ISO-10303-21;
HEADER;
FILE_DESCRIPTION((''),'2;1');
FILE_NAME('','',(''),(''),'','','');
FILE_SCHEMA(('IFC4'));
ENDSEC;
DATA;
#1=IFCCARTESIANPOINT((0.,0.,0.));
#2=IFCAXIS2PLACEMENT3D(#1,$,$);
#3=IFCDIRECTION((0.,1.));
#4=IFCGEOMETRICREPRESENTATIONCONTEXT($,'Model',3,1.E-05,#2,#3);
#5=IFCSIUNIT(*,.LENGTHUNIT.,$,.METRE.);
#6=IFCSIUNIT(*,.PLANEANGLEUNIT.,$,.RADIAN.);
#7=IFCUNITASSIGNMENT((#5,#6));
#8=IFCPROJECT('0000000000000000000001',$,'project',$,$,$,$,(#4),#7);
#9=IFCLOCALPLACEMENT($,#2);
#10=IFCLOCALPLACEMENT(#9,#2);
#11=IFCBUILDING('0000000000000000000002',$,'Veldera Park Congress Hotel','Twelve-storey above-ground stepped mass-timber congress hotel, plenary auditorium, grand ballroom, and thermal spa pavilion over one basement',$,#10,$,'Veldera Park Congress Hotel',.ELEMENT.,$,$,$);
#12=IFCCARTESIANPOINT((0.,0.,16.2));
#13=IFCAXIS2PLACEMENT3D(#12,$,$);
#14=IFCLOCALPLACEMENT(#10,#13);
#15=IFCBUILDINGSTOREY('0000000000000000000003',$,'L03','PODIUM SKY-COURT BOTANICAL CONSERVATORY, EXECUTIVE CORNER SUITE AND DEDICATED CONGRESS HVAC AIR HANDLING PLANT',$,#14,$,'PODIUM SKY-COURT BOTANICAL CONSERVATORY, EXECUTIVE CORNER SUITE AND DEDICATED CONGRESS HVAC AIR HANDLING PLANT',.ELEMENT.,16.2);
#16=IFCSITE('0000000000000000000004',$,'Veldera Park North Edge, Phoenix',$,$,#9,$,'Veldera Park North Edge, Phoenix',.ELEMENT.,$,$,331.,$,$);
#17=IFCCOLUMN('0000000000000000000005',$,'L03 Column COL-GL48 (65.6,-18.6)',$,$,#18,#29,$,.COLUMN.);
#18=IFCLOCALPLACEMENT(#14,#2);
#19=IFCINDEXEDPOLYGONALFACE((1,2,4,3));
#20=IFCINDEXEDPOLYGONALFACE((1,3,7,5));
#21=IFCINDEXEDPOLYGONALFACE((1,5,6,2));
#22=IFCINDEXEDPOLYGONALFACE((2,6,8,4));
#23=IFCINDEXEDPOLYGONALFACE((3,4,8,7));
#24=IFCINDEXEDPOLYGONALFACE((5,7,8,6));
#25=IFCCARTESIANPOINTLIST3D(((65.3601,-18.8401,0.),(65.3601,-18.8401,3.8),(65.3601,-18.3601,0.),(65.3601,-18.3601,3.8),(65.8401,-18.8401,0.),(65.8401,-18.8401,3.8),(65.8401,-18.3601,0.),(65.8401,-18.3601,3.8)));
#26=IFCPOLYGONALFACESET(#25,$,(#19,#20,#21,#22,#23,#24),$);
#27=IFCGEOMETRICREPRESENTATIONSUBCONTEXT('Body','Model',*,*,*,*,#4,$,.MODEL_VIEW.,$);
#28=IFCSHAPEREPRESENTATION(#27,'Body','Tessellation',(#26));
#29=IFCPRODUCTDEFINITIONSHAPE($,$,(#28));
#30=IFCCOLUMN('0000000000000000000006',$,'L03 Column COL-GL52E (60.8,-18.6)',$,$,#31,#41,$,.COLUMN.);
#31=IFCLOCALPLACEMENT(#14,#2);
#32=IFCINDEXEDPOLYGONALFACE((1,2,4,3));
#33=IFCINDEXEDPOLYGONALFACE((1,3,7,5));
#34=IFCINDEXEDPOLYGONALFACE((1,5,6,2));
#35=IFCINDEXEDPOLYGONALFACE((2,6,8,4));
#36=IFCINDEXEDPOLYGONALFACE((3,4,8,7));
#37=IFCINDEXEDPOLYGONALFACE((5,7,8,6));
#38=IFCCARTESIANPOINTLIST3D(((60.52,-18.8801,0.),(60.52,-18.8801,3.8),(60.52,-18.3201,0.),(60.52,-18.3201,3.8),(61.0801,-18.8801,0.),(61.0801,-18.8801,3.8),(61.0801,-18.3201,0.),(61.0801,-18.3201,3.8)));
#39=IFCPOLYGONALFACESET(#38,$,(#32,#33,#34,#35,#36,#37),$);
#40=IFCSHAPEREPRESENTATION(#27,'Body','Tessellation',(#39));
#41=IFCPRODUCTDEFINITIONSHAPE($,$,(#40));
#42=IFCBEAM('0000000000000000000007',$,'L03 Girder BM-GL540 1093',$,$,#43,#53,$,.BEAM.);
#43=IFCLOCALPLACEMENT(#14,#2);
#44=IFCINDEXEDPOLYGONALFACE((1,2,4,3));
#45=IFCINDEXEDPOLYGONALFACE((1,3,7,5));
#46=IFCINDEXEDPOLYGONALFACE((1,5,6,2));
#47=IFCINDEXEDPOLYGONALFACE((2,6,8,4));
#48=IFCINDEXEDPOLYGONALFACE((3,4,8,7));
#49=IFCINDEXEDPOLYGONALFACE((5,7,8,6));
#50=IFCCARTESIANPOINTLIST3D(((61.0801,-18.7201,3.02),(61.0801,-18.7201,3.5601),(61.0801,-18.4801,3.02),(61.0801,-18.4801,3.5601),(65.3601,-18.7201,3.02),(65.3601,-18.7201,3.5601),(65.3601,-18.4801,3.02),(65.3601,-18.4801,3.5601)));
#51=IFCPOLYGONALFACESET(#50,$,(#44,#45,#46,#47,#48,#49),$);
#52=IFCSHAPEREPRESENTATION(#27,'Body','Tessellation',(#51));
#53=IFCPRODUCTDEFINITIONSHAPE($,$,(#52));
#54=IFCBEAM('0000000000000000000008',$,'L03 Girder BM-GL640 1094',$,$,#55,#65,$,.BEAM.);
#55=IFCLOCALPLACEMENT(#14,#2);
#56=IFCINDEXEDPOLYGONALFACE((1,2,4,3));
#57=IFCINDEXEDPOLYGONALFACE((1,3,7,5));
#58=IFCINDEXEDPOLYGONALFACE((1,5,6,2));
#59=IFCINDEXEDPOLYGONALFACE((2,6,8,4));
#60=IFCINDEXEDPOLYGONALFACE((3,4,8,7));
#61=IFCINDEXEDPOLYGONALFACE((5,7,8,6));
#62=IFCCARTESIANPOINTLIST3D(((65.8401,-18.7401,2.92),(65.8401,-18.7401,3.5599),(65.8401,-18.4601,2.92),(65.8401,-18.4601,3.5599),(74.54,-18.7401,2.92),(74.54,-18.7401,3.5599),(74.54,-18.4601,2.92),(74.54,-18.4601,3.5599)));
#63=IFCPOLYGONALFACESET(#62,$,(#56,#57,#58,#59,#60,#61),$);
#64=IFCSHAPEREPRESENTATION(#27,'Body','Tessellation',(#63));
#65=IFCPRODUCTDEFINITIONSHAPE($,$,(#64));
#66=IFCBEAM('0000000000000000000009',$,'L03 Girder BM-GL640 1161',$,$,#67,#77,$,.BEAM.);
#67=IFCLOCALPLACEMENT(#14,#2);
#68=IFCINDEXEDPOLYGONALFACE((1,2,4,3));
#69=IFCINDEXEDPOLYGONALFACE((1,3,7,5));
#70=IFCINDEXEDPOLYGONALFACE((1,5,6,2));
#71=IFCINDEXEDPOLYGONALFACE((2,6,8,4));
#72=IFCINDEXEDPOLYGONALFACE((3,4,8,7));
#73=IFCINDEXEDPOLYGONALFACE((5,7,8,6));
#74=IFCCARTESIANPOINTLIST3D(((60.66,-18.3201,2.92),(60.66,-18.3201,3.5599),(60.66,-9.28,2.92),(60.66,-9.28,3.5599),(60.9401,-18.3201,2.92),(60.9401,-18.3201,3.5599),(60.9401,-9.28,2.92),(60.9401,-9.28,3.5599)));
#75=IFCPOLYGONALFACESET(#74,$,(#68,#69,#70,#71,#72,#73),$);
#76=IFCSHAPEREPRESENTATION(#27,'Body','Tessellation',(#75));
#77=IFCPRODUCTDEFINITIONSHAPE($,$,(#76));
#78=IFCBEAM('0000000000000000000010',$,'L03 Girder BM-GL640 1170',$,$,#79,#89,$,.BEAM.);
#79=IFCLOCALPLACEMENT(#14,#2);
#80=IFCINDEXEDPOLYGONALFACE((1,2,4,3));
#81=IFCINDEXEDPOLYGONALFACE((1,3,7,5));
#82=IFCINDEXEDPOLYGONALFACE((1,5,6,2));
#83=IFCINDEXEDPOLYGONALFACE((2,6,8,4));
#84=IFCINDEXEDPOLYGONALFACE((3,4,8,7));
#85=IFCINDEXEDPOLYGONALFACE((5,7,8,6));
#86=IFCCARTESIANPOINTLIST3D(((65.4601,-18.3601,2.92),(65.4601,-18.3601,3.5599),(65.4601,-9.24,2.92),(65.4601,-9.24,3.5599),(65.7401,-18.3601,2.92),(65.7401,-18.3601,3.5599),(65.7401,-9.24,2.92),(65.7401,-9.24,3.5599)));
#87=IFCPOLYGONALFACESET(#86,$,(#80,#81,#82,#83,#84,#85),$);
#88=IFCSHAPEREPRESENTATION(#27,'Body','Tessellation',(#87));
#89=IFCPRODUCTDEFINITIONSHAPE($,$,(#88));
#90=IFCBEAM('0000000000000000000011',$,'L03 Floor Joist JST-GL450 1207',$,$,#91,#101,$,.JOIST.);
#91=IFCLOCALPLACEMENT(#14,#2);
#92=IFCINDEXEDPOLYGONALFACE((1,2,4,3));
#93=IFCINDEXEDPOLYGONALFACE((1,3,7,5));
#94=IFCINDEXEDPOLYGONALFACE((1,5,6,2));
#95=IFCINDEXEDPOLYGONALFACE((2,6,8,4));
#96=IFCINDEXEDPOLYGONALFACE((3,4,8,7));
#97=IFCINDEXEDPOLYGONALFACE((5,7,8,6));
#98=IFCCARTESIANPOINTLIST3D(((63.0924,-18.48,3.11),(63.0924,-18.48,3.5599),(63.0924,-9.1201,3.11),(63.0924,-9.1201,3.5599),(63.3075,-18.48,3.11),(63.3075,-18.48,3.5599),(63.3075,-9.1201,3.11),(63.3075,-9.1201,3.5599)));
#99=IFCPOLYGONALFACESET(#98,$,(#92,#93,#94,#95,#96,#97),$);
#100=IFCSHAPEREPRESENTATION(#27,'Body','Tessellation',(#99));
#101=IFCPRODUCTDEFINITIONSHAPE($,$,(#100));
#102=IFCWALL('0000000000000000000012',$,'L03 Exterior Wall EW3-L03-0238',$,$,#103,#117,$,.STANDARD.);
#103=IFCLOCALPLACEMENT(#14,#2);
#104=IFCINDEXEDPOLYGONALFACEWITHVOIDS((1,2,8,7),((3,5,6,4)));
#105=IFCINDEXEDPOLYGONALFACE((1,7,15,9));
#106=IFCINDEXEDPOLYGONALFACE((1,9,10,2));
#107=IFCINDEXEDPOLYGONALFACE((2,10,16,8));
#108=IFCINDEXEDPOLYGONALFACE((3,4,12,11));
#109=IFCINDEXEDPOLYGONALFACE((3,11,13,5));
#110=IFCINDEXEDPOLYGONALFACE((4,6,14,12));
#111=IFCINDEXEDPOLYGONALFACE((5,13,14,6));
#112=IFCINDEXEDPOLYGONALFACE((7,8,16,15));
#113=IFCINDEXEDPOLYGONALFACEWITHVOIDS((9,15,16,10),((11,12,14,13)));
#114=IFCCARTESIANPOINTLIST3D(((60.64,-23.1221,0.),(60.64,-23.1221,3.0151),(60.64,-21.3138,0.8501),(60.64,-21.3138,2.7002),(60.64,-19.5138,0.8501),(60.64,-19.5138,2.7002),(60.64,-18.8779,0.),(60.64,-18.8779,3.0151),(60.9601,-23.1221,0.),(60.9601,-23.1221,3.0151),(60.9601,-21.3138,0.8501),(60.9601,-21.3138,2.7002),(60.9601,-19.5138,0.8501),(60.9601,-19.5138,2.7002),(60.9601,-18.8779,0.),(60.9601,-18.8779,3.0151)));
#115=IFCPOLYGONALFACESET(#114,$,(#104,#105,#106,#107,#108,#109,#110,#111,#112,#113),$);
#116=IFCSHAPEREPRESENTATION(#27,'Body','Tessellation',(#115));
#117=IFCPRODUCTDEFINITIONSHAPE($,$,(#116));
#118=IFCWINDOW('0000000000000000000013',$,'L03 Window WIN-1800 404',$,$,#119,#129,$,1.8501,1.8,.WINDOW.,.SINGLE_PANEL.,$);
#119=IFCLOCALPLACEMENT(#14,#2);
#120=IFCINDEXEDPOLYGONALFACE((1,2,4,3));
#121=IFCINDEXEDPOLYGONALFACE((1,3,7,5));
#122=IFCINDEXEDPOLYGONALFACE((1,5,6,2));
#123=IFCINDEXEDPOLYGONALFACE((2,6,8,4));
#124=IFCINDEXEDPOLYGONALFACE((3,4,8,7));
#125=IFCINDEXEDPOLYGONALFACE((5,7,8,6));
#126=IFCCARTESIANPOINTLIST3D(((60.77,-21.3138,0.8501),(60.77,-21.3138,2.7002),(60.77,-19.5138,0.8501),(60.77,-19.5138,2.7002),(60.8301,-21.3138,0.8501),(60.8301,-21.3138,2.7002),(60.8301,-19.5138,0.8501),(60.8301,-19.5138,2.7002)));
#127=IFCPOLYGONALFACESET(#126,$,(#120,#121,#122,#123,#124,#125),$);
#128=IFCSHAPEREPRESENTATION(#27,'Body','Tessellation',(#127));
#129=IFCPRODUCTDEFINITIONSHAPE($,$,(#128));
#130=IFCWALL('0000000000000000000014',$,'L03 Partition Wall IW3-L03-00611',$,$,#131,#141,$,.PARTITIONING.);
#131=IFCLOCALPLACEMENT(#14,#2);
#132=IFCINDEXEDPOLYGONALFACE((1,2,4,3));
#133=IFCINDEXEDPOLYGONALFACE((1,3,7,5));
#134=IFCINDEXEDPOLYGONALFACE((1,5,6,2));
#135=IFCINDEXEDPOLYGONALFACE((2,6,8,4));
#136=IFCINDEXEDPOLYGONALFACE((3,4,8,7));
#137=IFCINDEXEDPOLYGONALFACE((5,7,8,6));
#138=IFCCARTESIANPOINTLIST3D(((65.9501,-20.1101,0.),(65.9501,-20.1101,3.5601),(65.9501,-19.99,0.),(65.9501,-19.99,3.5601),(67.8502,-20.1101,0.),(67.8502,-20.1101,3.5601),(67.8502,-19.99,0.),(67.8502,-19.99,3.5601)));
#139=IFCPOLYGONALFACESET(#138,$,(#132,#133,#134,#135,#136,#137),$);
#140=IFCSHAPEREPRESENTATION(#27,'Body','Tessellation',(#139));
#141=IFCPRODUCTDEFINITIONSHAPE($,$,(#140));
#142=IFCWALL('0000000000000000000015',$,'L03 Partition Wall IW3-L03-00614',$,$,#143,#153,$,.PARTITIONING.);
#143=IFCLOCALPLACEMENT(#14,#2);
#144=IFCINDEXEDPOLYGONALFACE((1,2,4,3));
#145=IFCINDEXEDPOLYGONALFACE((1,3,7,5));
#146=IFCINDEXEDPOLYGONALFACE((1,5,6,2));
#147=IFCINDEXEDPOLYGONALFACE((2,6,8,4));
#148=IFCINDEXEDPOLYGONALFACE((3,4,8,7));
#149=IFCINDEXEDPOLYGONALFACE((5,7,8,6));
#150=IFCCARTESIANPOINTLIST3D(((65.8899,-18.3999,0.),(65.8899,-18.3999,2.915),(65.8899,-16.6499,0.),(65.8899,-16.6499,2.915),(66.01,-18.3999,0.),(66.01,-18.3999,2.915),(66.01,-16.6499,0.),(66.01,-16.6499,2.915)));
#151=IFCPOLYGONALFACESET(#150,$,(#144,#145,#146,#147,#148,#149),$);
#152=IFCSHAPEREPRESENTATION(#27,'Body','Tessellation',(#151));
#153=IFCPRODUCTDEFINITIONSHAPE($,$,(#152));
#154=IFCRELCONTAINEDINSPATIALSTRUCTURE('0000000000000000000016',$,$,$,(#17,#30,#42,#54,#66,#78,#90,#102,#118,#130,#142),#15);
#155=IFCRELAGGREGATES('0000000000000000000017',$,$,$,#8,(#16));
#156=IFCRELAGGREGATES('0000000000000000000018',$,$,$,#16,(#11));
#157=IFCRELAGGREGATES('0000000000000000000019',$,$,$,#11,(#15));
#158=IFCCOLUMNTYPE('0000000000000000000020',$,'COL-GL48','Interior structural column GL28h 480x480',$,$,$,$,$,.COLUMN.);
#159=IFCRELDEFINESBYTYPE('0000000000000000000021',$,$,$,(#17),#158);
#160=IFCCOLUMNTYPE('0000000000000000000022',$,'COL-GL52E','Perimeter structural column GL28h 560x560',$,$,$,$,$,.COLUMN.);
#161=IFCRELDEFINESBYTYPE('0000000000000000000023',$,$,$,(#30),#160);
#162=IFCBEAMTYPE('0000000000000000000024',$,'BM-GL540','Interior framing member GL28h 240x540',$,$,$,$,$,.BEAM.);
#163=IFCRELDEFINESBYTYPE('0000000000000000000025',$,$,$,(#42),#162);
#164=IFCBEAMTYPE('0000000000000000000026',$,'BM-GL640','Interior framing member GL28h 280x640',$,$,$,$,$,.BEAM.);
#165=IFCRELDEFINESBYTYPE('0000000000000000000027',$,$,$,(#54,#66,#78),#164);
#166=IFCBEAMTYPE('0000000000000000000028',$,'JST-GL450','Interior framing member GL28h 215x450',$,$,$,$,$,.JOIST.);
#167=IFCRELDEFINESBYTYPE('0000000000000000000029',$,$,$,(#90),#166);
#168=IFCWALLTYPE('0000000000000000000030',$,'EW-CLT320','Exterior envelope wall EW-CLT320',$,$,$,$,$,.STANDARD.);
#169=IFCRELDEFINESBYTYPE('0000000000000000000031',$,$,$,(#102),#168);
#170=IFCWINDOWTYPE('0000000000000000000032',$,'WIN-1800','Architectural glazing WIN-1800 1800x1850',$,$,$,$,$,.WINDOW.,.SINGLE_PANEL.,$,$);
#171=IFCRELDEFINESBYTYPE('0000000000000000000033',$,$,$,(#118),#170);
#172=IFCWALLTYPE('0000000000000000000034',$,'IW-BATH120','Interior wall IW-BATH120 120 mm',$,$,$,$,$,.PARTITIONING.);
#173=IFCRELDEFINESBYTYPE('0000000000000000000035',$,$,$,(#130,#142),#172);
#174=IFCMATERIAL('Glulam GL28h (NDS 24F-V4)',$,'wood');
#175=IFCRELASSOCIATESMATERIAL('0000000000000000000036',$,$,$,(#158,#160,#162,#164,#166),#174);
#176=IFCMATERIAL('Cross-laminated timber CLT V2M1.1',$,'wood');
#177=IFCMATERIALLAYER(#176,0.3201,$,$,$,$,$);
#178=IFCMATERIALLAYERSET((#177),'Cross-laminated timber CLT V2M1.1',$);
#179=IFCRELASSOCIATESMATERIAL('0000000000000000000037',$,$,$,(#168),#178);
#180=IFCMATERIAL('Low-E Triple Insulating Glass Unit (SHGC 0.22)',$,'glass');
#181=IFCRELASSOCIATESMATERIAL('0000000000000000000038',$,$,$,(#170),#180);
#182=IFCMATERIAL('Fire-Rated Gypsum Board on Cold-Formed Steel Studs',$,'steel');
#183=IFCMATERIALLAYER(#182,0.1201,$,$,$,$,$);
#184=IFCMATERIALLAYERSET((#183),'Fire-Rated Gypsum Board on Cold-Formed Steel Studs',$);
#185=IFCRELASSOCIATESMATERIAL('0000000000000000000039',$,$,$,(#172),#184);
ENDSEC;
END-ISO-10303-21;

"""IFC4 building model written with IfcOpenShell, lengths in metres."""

from ifc_helpers import new_model, si_unit, direction, frame, frame_2d, origin, origin_2d, place, context, subcontext, project, spatial, rectangle, extrude, material, layer, layer_set, material_profile, profile_set, type_object, element, fill, save


model = new_model("IFC4")

# Units and contexts
model_context = context("Model", 3, precision=1e-05, world=origin(), true_north=direction((0.0, 1.0)))
body_context = subcontext(model_context, "Body", "Model", "MODEL_VIEW")
ifc_project = project(units=[si_unit("LENGTHUNIT", "METRE"), si_unit("PLANEANGLEUNIT", "RADIAN")], contexts=[model_context])

# Site, building, storey
site_placement = place(None, origin())
site = spatial("IfcSite", under=ifc_project, at=site_placement, Name="Veldera Park North Edge, Phoenix", LongName="Veldera Park North Edge, Phoenix", CompositionType="ELEMENT", RefElevation=331.0)
building_placement = place(site_placement, origin())
building = spatial("IfcBuilding", under=site, at=building_placement, Name="Veldera Park Congress Hotel", Description="Twelve-storey above-ground stepped mass-timber congress hotel, plenary auditorium, grand ballroom, and thermal spa pavilion over one basement", LongName="Veldera Park Congress Hotel", CompositionType="ELEMENT")
storey_placement = place(building_placement, frame((0.0, 0.0, 16.2)))
storey = spatial("IfcBuildingStorey", under=building, at=storey_placement, Name="L03", Description="PODIUM SKY-COURT BOTANICAL CONSERVATORY, EXECUTIVE CORNER SUITE AND DEDICATED CONGRESS HVAC AIR HANDLING PLANT", LongName="PODIUM SKY-COURT BOTANICAL CONSERVATORY, EXECUTIVE CORNER SUITE AND DEDICATED CONGRESS HVAC AIR HANDLING PLANT", CompositionType="ELEMENT", Elevation=16.2)

# Columns
ifc_material_1 = material(Name="Glulam GL28h (NDS 24F-V4)", Category="wood")
ifc_material_profile_1 = material_profile(ifc_material_1, rectangle(XDim=0.48, YDim=0.48, at=origin_2d()), Name="GL28h 480x480")
ifc_profile_set_1 = profile_set([ifc_material_profile_1], Name="Glulam GL28h (NDS 24F-V4)")
column_type_1 = type_object("IfcColumnType", Name="COL-GL48", Description="Interior structural column GL28h 480x480", PredefinedType="COLUMN", material=ifc_profile_set_1)
column_1_placement = place(storey_placement, frame((65.6001, -18.6001, 0.0), z_axis=(0.0, 0.0, 1.0), x_axis=(1.0, 0.0, 0.0)))
element("IfcColumn", 1, at=column_1_placement, inside=storey, type_object=column_type_1, Name="L03 Column COL-GL48 (65.6,-18.6)", PredefinedType="COLUMN", context=body_context, shape_type="SweptSolid", body=[
    extrude(rectangle(XDim=0.48, YDim=0.48, at=origin_2d()), origin(), (0.0, 0.0, 1.0), 3.8),
])
ifc_material_profile_2 = material_profile(ifc_material_1, rectangle(XDim=0.5601, YDim=0.5601, at=origin_2d()), Name="GL28h 560x560")
ifc_profile_set_2 = profile_set([ifc_material_profile_2], Name="Glulam GL28h (NDS 24F-V4)")
column_type_2 = type_object("IfcColumnType", Name="COL-GL52E", Description="Perimeter structural column GL28h 560x560", PredefinedType="COLUMN", material=ifc_profile_set_2)
column_2_placement = place(storey_placement, frame((60.8, -18.6001, 0.0), z_axis=(0.0, 0.0, 1.0), x_axis=(1.0, 0.0, 0.0)))
element("IfcColumn", 2, at=column_2_placement, inside=storey, type_object=column_type_2, Name="L03 Column COL-GL52E (60.8,-18.6)", PredefinedType="COLUMN", context=body_context, shape_type="SweptSolid", body=[
    extrude(rectangle(XDim=0.5601, YDim=0.5601, at=origin_2d()), origin(), (0.0, 0.0, 1.0), 3.8),
])

# Beams
ifc_material_profile_3 = material_profile(ifc_material_1, rectangle(XDim=0.24, YDim=0.54, at=origin_2d()), Name="GL28h 240x540")
ifc_profile_set_3 = profile_set([ifc_material_profile_3], Name="Glulam GL28h (NDS 24F-V4)")
beam_type_1 = type_object("IfcBeamType", Name="BM-GL540", Description="Interior framing member GL28h 240x540", PredefinedType="BEAM", material=ifc_profile_set_3)
beam_1_placement = place(storey_placement, frame((61.0801, -18.6001, 3.29), z_axis=(1.0, 0.0, 0.0), x_axis=(0.0, 1.0, 0.0)))
element("IfcBeam", 3, at=beam_1_placement, inside=storey, type_object=beam_type_1, Name="L03 Girder BM-GL540 1093", PredefinedType="BEAM", context=body_context, shape_type="SweptSolid", body=[
    extrude(rectangle(XDim=0.24, YDim=0.54, at=origin_2d()), origin(), (0.0, 0.0, 1.0), 4.28),
])
ifc_material_profile_4 = material_profile(ifc_material_1, rectangle(XDim=0.28, YDim=0.6399, at=origin_2d()), Name="GL28h 280x640")
ifc_profile_set_4 = profile_set([ifc_material_profile_4], Name="Glulam GL28h (NDS 24F-V4)")
beam_type_2 = type_object("IfcBeamType", Name="BM-GL640", Description="Interior framing member GL28h 280x640", PredefinedType="BEAM", material=ifc_profile_set_4)
beam_2_placement = place(storey_placement, frame((65.8401, -18.6001, 3.24), z_axis=(1.0, 0.0, 0.0), x_axis=(0.0, 1.0, 0.0)))
element("IfcBeam", 4, at=beam_2_placement, inside=storey, type_object=beam_type_2, Name="L03 Girder BM-GL640 1094", PredefinedType="BEAM", context=body_context, shape_type="SweptSolid", body=[
    extrude(rectangle(XDim=0.28, YDim=0.6399, at=origin_2d()), origin(), (0.0, 0.0, 1.0), 8.7),
])
beam_3_placement = place(storey_placement, frame((60.8, -18.3201, 3.24), z_axis=(0.0, 1.0, 0.0), x_axis=(-1.0, 0.0, 0.0)))
element("IfcBeam", 5, at=beam_3_placement, inside=storey, type_object=beam_type_2, Name="L03 Girder BM-GL640 1161", PredefinedType="BEAM", context=body_context, shape_type="SweptSolid", body=[
    extrude(rectangle(XDim=0.28, YDim=0.6399, at=origin_2d()), origin(), (0.0, 0.0, 1.0), 9.04),
])
beam_4_placement = place(storey_placement, frame((65.6001, -18.3601, 3.24), z_axis=(0.0, 1.0, 0.0), x_axis=(-1.0, 0.0, 0.0)))
element("IfcBeam", 6, at=beam_4_placement, inside=storey, type_object=beam_type_2, Name="L03 Girder BM-GL640 1170", PredefinedType="BEAM", context=body_context, shape_type="SweptSolid", body=[
    extrude(rectangle(XDim=0.28, YDim=0.6399, at=origin_2d()), origin(), (0.0, 0.0, 1.0), 9.1201),
])
ifc_material_profile_5 = material_profile(ifc_material_1, rectangle(XDim=0.2151, YDim=0.45, at=origin_2d()), Name="GL28h 215x450")
ifc_profile_set_5 = profile_set([ifc_material_profile_5], Name="Glulam GL28h (NDS 24F-V4)")
beam_type_3 = type_object("IfcBeamType", Name="JST-GL450", Description="Interior framing member GL28h 215x450", PredefinedType="JOIST", material=ifc_profile_set_5)
beam_5_placement = place(storey_placement, frame((63.2, -18.48, 3.335), z_axis=(0.0, 1.0, 0.0), x_axis=(-1.0, 0.0, 0.0)))
element("IfcBeam", 7, at=beam_5_placement, inside=storey, type_object=beam_type_3, Name="L03 Floor Joist JST-GL450 1207", PredefinedType="JOIST", context=body_context, shape_type="SweptSolid", body=[
    extrude(rectangle(XDim=0.2151, YDim=0.45, at=origin_2d()), origin(), (0.0, 0.0, 1.0), 9.3599),
])

# Wall, opening, window
ifc_material_2 = material(Name="Cross-laminated timber CLT V2M1.1", Category="wood")
ifc_layer_1 = layer(ifc_material_2, 0.3201)
ifc_layer_set_1 = layer_set([ifc_layer_1], Name="Cross-laminated timber CLT V2M1.1")
wall_type_1 = type_object("IfcWallType", Name="EW-CLT320", Description="Exterior envelope wall EW-CLT320", PredefinedType="STANDARD", material=ifc_layer_set_1)
wall_1_placement = place(storey_placement, frame((60.8, -18.8779, 0.0), z_axis=(0.0, 0.0, 1.0), x_axis=(0.0, -1.0, 0.0)))
wall_1 = element("IfcWall", 8, at=wall_1_placement, inside=storey, type_object=wall_type_1, Name="L03 Exterior Wall EW3-L03-0238", PredefinedType="STANDARD", context=body_context, shape_type="SweptSolid", body=[
    extrude(rectangle(XDim=4.2441, YDim=0.3201, at=frame_2d((2.1221, 0.0))), origin(), (0.0, 0.0, 1.0), 3.0151),
])
opening_1_placement = place(wall_1_placement, frame((0.636, 0.0, 0.8501)))
opening_1 = element("IfcOpeningElement", 9, at=opening_1_placement, cuts=wall_1, PredefinedType="OPENING", context=body_context, shape_type="SweptSolid", body=[
    extrude(rectangle(XDim=1.8, YDim=1.8501, at=frame_2d((0.8999, 0.925))), frame((0.0, 0.1721, 0.0), z_axis=(0.0, -1.0, 0.0), x_axis=(1.0, 0.0, 0.0)), (0.0, 0.0, 1.0), 0.344),
])
ifc_material_3 = material(Name="Low-E Triple Insulating Glass Unit (SHGC 0.22)", Category="glass")
window_type = type_object("IfcWindowType", Name="WIN-1800", Description="Architectural glazing WIN-1800 1800x1850", PartitioningType="SINGLE_PANEL", PredefinedType="WINDOW", material=ifc_material_3)
window_placement = place(opening_1_placement, origin())
window = element("IfcWindow", 10, at=window_placement, inside=storey, type_object=window_type, Name="L03 Window WIN-1800 404", OverallHeight=1.8501, OverallWidth=1.8, PartitioningType="SINGLE_PANEL", PredefinedType="WINDOW", context=body_context, shape_type="SweptSolid", body=[
    extrude(rectangle(XDim=1.8, YDim=1.8501, at=frame_2d((0.8999, 0.925))), frame((0.0, 0.03, 0.0), z_axis=(0.0, -1.0, 0.0), x_axis=(1.0, 0.0, 0.0)), (0.0, 0.0, 1.0), 0.0601),
])
fill(opening_1, window)

# Walls
ifc_material_4 = material(Name="Fire-Rated Gypsum Board on Cold-Formed Steel Studs", Category="steel")
ifc_layer_2 = layer(ifc_material_4, 0.1201)
ifc_layer_set_2 = layer_set([ifc_layer_2], Name="Fire-Rated Gypsum Board on Cold-Formed Steel Studs")
wall_type_2 = type_object("IfcWallType", Name="IW-BATH120", Description="Interior wall IW-BATH120 120 mm", PredefinedType="PARTITIONING", material=ifc_layer_set_2)
wall_2_placement = place(storey_placement, frame((65.95, -20.05, 0.0), z_axis=(0.0, 0.0, 1.0), x_axis=(1.0, 0.0, 0.0)))
element("IfcWall", 11, at=wall_2_placement, inside=storey, type_object=wall_type_2, Name="L03 Partition Wall IW3-L03-00611", PredefinedType="PARTITIONING", context=body_context, shape_type="SweptSolid", body=[
    extrude(rectangle(XDim=1.9001, YDim=0.1201, at=frame_2d((0.9502, 0.0))), origin(), (0.0, 0.0, 1.0), 3.5601),
])
wall_3_placement = place(storey_placement, frame((65.95, -18.3999, 0.0), z_axis=(0.0, 0.0, 1.0), x_axis=(0.0, 1.0, 0.0)))
element("IfcWall", 12, at=wall_3_placement, inside=storey, type_object=wall_type_2, Name="L03 Partition Wall IW3-L03-00614", PredefinedType="PARTITIONING", context=body_context, shape_type="SweptSolid", body=[
    extrude(rectangle(XDim=1.75, YDim=0.1201, at=frame_2d((0.875, 0.0))), origin(), (0.0, 0.0, 1.0), 2.915),
])

save(model, "model.ifc")
